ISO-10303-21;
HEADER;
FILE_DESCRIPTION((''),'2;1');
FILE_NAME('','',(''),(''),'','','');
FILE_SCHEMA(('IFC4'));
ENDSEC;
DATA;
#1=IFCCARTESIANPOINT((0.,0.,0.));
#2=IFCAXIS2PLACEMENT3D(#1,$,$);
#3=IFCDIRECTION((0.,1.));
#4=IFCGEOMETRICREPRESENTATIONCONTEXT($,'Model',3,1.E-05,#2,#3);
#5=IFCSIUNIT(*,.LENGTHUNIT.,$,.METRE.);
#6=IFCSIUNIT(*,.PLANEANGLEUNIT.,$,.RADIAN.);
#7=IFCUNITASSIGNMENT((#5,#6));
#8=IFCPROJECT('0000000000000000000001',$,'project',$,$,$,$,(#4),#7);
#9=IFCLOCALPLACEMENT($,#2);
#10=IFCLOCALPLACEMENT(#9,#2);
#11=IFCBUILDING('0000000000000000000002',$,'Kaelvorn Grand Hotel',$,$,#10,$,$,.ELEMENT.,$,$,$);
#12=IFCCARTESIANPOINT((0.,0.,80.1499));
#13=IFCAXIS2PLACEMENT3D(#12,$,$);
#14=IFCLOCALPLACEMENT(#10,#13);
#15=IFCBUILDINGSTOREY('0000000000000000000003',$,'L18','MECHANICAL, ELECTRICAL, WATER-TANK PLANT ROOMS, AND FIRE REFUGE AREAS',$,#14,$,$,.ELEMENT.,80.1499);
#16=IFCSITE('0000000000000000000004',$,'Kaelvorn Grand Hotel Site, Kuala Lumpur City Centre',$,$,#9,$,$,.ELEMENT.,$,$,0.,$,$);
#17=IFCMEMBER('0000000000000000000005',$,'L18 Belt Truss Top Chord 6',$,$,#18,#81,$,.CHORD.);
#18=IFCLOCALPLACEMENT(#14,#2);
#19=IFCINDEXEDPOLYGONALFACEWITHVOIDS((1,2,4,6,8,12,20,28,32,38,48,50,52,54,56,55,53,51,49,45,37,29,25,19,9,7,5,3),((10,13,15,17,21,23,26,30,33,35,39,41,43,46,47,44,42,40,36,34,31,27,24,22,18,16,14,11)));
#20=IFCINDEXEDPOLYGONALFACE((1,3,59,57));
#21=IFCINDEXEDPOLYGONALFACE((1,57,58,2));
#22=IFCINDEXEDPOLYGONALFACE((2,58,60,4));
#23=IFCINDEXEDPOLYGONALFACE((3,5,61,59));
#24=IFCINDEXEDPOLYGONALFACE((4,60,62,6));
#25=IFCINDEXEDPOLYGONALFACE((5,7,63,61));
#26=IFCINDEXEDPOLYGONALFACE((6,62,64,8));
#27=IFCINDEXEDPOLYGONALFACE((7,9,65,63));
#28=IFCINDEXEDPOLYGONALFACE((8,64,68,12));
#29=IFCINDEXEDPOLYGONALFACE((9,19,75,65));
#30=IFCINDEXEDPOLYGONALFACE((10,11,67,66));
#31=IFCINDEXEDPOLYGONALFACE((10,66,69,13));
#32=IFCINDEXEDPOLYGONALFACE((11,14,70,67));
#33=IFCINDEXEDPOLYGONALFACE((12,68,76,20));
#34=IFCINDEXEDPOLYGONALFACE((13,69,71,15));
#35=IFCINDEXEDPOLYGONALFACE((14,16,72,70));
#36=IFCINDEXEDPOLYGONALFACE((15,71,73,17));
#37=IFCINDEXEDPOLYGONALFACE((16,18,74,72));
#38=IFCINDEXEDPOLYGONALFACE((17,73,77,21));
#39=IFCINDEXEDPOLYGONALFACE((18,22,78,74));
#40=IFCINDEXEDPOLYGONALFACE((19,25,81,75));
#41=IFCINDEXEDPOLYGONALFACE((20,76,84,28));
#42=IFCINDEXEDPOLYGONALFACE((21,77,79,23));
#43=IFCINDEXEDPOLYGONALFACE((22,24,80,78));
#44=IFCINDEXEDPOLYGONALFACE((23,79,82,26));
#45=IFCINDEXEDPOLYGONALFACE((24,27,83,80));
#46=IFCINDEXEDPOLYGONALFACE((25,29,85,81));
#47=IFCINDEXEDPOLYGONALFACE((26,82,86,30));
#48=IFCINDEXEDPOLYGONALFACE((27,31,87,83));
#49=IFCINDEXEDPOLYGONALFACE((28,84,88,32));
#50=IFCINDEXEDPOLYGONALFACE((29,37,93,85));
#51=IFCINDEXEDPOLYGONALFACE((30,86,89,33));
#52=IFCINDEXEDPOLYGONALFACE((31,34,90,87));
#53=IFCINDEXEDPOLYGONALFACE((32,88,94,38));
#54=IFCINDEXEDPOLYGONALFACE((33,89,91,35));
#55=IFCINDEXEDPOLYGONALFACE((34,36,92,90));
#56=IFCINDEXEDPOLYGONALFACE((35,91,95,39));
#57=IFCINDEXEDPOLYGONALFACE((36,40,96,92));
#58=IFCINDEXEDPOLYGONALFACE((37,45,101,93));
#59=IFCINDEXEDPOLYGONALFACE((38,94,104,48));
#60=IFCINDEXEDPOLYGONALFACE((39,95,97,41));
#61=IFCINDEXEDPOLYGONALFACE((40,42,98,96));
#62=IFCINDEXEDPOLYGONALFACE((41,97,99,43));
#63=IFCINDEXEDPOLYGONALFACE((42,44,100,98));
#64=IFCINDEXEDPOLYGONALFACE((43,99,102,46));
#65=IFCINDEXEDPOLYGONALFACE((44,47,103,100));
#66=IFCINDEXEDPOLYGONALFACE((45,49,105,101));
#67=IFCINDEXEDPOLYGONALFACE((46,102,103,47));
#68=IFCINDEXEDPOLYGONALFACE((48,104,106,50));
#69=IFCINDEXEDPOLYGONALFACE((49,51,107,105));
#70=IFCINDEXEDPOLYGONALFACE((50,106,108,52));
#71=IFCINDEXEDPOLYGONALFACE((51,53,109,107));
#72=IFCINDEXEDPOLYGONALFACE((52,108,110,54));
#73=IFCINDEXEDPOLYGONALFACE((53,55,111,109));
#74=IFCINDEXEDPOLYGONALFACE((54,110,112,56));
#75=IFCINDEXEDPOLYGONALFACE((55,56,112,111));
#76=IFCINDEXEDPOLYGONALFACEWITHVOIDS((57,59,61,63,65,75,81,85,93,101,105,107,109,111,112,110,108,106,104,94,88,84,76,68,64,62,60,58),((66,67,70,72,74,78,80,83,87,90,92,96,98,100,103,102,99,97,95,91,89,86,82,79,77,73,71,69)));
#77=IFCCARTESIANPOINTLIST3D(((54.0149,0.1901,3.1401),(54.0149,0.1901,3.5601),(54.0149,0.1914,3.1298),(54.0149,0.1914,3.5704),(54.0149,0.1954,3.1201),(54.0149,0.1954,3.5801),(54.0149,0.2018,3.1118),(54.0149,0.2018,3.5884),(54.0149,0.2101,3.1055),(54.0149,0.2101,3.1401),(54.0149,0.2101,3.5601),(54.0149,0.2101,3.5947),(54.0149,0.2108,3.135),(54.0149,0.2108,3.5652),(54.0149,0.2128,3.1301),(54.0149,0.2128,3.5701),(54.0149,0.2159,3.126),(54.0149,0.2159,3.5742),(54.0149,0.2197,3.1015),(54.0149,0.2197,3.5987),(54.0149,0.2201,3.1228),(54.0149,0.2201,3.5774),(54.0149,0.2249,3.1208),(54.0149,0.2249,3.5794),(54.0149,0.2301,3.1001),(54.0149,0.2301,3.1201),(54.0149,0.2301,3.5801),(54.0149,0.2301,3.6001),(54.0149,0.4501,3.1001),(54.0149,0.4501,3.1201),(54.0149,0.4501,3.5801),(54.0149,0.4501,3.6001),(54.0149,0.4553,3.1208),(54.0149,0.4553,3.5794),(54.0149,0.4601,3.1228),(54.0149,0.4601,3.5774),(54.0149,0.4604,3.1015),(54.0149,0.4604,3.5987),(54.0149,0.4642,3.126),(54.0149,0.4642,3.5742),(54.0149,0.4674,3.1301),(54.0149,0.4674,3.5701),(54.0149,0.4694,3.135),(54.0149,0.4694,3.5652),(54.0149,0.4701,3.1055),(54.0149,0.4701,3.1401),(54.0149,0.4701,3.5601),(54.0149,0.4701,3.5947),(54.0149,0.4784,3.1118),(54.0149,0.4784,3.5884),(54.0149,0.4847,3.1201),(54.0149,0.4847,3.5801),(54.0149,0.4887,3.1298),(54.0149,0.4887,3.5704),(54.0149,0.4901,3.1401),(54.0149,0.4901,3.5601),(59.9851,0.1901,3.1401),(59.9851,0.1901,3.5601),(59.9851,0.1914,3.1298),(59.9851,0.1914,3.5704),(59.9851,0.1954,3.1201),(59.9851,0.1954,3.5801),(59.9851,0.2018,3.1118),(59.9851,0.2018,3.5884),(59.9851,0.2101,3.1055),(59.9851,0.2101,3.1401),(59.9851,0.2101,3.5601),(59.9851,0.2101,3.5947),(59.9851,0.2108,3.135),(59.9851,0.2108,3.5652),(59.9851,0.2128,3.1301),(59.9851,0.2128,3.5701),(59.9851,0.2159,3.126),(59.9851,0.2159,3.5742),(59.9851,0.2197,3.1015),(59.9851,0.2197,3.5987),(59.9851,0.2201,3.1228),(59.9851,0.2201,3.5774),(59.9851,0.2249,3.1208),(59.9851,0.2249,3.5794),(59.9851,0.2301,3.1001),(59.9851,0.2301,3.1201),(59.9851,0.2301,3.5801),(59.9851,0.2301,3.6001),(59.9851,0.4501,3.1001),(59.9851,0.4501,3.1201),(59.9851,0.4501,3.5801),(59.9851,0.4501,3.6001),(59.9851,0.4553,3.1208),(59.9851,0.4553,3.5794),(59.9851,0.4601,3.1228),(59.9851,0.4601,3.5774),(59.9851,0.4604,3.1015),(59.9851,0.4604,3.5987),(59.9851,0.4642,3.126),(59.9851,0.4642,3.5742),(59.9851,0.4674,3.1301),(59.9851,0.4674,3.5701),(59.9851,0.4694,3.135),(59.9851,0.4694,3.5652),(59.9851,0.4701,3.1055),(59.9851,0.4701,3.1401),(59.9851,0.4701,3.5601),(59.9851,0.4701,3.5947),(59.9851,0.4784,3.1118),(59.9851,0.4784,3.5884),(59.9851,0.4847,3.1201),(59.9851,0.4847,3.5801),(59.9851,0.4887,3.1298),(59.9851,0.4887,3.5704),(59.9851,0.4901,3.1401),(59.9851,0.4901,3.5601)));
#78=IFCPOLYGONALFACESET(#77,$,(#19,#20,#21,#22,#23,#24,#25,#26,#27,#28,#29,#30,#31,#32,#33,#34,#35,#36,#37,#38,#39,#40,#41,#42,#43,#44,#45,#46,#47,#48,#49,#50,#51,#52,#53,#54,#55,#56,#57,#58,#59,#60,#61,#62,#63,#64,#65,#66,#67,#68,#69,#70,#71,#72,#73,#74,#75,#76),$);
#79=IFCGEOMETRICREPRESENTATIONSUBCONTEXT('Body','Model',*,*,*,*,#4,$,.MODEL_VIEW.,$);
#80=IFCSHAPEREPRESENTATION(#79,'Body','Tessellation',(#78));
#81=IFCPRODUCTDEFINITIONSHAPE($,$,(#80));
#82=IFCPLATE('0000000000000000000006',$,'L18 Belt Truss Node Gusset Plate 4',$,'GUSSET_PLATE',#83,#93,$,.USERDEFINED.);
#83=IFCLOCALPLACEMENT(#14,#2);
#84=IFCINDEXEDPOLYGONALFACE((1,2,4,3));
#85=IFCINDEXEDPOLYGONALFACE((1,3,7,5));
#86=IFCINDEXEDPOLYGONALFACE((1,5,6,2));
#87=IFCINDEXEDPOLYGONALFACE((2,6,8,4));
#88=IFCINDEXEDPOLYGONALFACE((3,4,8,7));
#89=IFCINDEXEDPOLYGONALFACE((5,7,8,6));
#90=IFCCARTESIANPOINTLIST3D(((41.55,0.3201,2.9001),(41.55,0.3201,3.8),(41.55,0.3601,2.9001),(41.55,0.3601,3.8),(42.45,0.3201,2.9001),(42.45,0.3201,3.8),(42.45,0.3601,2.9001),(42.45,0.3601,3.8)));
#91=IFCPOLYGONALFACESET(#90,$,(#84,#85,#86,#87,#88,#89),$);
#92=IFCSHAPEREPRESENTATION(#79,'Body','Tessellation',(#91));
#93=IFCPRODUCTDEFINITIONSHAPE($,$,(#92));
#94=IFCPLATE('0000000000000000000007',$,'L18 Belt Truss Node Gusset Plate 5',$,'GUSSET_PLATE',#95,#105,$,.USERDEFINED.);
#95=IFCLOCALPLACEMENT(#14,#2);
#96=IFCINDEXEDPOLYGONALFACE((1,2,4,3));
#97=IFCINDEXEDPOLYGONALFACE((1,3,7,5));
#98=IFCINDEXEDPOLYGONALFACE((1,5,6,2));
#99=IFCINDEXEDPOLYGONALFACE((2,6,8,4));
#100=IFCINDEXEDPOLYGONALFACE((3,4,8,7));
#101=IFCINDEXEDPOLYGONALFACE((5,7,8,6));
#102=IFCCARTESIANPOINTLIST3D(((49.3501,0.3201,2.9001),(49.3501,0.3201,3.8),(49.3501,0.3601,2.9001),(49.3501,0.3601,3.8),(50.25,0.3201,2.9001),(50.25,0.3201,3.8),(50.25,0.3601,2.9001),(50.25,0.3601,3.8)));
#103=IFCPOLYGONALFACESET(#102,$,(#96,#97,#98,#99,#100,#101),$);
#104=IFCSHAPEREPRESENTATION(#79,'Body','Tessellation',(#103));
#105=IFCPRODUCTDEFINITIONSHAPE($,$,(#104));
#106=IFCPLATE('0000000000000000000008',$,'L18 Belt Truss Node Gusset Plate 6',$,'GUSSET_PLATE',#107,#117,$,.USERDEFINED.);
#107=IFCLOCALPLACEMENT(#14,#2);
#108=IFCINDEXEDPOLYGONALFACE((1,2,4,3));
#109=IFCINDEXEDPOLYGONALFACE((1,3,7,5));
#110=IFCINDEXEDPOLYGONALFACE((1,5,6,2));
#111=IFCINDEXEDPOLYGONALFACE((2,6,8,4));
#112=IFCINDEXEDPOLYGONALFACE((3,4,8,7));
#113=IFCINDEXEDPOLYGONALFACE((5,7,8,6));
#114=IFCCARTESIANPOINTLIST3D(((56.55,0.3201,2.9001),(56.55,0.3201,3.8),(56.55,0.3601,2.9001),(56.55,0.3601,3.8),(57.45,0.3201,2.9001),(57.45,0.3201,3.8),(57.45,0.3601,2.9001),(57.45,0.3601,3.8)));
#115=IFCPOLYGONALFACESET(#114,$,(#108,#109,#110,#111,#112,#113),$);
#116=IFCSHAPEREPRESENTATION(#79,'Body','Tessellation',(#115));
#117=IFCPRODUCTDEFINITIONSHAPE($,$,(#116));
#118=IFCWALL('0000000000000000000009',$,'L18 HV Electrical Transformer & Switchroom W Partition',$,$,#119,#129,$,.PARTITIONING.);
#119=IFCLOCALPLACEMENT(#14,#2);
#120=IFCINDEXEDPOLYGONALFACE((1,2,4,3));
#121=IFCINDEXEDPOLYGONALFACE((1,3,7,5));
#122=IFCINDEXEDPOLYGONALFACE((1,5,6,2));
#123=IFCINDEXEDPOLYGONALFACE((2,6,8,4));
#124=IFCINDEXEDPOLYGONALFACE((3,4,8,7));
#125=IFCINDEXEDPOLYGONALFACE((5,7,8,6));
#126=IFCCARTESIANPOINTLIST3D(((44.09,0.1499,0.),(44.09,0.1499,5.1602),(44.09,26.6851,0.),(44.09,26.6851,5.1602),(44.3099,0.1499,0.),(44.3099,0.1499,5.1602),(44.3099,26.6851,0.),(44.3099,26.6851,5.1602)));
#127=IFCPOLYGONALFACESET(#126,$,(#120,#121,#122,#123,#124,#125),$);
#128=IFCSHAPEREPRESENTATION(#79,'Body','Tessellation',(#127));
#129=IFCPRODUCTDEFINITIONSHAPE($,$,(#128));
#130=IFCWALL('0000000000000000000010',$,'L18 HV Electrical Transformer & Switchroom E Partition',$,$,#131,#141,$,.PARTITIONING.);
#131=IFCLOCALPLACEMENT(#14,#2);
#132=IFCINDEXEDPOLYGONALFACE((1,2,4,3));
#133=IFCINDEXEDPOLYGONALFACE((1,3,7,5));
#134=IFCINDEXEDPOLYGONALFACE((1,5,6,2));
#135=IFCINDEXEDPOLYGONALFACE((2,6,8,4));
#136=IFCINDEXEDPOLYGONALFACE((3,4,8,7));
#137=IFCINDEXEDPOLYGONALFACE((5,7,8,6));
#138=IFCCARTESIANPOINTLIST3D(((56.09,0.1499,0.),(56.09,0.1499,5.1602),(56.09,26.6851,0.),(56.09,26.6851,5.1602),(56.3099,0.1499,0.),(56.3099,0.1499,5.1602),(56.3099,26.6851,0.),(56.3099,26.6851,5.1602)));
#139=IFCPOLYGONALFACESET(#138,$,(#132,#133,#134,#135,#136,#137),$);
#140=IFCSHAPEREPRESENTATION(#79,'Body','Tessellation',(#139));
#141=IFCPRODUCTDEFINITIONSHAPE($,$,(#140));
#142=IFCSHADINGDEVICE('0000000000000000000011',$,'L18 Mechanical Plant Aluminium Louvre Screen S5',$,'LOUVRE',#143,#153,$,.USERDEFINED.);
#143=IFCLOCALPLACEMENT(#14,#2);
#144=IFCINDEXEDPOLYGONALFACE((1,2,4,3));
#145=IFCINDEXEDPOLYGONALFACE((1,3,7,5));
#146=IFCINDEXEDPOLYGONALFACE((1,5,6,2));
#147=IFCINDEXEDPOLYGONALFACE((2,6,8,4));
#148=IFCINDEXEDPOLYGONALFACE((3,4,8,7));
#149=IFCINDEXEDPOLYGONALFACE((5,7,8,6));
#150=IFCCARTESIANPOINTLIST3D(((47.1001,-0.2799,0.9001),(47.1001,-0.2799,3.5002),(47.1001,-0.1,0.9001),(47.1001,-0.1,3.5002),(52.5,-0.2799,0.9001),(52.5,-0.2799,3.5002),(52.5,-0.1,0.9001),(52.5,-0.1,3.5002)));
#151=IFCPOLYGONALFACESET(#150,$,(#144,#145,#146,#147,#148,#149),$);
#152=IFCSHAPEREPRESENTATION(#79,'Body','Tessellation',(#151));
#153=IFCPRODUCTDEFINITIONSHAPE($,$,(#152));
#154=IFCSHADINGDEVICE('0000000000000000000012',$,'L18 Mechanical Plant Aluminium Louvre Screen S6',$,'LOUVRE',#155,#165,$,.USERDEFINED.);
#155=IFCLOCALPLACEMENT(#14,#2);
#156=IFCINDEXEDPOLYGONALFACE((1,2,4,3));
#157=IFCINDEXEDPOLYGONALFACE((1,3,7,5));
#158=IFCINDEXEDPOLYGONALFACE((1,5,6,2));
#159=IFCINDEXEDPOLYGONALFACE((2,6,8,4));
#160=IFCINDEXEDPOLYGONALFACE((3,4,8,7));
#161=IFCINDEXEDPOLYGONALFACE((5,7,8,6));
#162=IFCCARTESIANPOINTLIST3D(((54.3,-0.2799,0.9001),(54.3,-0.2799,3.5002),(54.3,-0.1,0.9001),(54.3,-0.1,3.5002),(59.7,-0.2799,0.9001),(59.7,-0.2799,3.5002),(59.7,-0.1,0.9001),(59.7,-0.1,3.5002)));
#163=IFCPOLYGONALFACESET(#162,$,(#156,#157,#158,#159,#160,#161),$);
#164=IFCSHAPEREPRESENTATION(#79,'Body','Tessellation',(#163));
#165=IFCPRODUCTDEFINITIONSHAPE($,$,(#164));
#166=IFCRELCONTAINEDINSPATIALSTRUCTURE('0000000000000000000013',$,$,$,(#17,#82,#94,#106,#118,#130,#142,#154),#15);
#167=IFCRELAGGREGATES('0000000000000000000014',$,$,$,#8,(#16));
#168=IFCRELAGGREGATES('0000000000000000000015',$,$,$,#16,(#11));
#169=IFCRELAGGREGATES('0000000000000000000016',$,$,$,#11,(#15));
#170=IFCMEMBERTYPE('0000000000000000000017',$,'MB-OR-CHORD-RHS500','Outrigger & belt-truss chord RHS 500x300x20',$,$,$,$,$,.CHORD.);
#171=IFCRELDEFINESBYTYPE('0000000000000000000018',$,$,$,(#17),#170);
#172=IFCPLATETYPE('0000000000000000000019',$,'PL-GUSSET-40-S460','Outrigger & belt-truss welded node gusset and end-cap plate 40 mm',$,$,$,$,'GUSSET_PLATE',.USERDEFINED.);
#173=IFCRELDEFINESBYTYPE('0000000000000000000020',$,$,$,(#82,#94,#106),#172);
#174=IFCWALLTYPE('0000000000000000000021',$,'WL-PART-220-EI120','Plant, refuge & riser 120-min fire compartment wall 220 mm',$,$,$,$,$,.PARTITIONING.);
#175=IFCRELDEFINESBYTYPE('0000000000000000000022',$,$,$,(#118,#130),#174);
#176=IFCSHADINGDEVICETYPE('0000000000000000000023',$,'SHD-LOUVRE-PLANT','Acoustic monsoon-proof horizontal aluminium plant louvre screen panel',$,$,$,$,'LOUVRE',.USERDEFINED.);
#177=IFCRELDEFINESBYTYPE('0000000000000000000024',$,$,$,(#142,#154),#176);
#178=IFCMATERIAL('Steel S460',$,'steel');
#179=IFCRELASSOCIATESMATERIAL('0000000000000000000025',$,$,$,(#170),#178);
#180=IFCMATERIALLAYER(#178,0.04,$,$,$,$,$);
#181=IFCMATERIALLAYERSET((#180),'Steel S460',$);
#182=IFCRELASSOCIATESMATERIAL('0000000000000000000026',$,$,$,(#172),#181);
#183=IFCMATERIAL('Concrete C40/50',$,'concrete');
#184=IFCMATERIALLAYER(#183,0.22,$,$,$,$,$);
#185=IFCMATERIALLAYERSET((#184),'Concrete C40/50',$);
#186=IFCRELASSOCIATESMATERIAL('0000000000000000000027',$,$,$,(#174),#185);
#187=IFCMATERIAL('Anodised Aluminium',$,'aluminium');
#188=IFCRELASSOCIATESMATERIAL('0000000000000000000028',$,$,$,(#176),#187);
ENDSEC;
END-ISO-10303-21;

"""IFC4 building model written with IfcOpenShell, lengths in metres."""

from ifc_helpers import new_model, si_unit, direction, frame, frame_2d, origin, origin_2d, place, context, subcontext, project, spatial, rectangle, hollow_rectangle, extrude, material, layer, layer_set, material_profile, profile_set, type_object, element, save


model = new_model("IFC4")

# Units and contexts
model_context = context("Model", 3, precision=1e-05, world=origin(), true_north=direction((0.0, 1.0)))
body_context = subcontext(model_context, "Body", "Model", "MODEL_VIEW")
ifc_project = project(units=[si_unit("LENGTHUNIT", "METRE"), si_unit("PLANEANGLEUNIT", "RADIAN")], contexts=[model_context])

# Site, building, storey
site_placement = place(None, origin())
site = spatial("IfcSite", under=ifc_project, at=site_placement, Name="Kaelvorn Grand Hotel Site, Kuala Lumpur City Centre", CompositionType="ELEMENT", RefElevation=0.0)
building_placement = place(site_placement, origin())
building = spatial("IfcBuilding", under=site, at=building_placement, Name="Kaelvorn Grand Hotel", CompositionType="ELEMENT")
storey_placement = place(building_placement, frame((0.0, 0.0, 80.1499)))
storey = spatial("IfcBuildingStorey", under=building, at=storey_placement, Name="L18", Description="MECHANICAL, ELECTRICAL, WATER-TANK PLANT ROOMS, AND FIRE REFUGE AREAS", CompositionType="ELEMENT", Elevation=80.1499)

# Member
ifc_material_1 = material(Name="Steel S460", Category="steel")
ifc_material_profile_1 = material_profile(ifc_material_1, hollow_rectangle(XDim=0.3, YDim=0.5, WallThickness=0.02, InnerFilletRadius=0.02, OuterFilletRadius=0.04, at=origin_2d()), Name="RHS 500x300x20.0")
ifc_profile_set_1 = profile_set([ifc_material_profile_1], Name="Steel S460")
member_type_1 = type_object("IfcMemberType", Name="MB-OR-CHORD-RHS500", Description="Outrigger & belt-truss chord RHS 500x300x20", PredefinedType="CHORD", material=ifc_profile_set_1)
for number, where, z_axis, x_axis, name in (
    (1, (54.0149, 0.3401, 3.3501), (1.0, 0.0, 0.0), (0.0, 1.0, 0.0), "L18 Belt Truss Top Chord 6"),
):
    element("IfcMember", number, at=place(storey_placement, frame(where, z_axis=z_axis, x_axis=x_axis)), inside=storey, type_object=member_type_1, Name=name, PredefinedType="CHORD", context=body_context, shape_type="SweptSolid", body=[
        extrude(hollow_rectangle(XDim=0.3, YDim=0.5, WallThickness=0.02, InnerFilletRadius=0.02, OuterFilletRadius=0.04, at=origin_2d()), origin(), (0.0, 0.0, 1.0), 5.9702),
    ])

# Plates
ifc_layer_1 = layer(ifc_material_1, 0.04)
ifc_layer_set_1 = layer_set([ifc_layer_1], Name="Steel S460")
plate_type = type_object("IfcPlateType", Name="PL-GUSSET-40-S460", Description="Outrigger & belt-truss welded node gusset and end-cap plate 40 mm", ElementType="GUSSET_PLATE", PredefinedType="USERDEFINED", material=ifc_layer_set_1)
for number, where, z_axis, x_axis, name in (
    (2, (42.0, 0.3401, 2.9001), (0.0, 0.0, 1.0), (1.0, 0.0, 0.0), "L18 Belt Truss Node Gusset Plate 4"),
    (3, (49.8, 0.3401, 2.9001), (0.0, 0.0, 1.0), (1.0, 0.0, 0.0), "L18 Belt Truss Node Gusset Plate 5"),
    (4, (57.0, 0.3401, 2.9001), (0.0, 0.0, 1.0), (1.0, 0.0, 0.0), "L18 Belt Truss Node Gusset Plate 6"),
):
    element("IfcPlate", number, at=place(storey_placement, frame(where, z_axis=z_axis, x_axis=x_axis)), inside=storey, type_object=plate_type, Name=name, ObjectType="GUSSET_PLATE", PredefinedType="USERDEFINED", context=body_context, shape_type="SweptSolid", body=[
        extrude(rectangle(XDim=0.8999, YDim=0.04, at=origin_2d()), origin(), (0.0, 0.0, 1.0), 0.8999),
    ])

# Walls
ifc_material_2 = material(Name="Concrete C40/50", Category="concrete")
ifc_layer_2 = layer(ifc_material_2, 0.22)
ifc_layer_set_2 = layer_set([ifc_layer_2], Name="Concrete C40/50")
wall_type = type_object("IfcWallType", Name="WL-PART-220-EI120", Description="Plant, refuge & riser 120-min fire compartment wall 220 mm", PredefinedType="PARTITIONING", material=ifc_layer_set_2)
for number, where, z_axis, x_axis, name in (
    (5, (44.2, 0.1499, 0.0), (0.0, 0.0, 1.0), (0.0, 1.0, 0.0), "L18 HV Electrical Transformer & Switchroom W Partition"),
    (6, (56.2, 0.1499, 0.0), (0.0, 0.0, 1.0), (0.0, 1.0, 0.0), "L18 HV Electrical Transformer & Switchroom E Partition"),
):
    element("IfcWall", number, at=place(storey_placement, frame(where, z_axis=z_axis, x_axis=x_axis)), inside=storey, type_object=wall_type, Name=name, PredefinedType="PARTITIONING", context=body_context, shape_type="SweptSolid", body=[
        extrude(rectangle(XDim=26.5352, YDim=0.22, at=frame_2d((13.2676, 0.0))), origin(), (0.0, 0.0, 1.0), 5.1602),
    ])

# Shading devices
ifc_material_3 = material(Name="Anodised Aluminium", Category="aluminium")
shading_device_type = type_object("IfcShadingDeviceType", Name="SHD-LOUVRE-PLANT", Description="Acoustic monsoon-proof horizontal aluminium plant louvre screen panel", ElementType="LOUVRE", PredefinedType="USERDEFINED", material=ifc_material_3)
for number, where, z_axis, x_axis, name in (
    (7, (49.8, -0.1899, 0.9001), (0.0, 0.0, 1.0), (1.0, 0.0, 0.0), "L18 Mechanical Plant Aluminium Louvre Screen S5"),
    (8, (57.0, -0.1899, 0.9001), (0.0, 0.0, 1.0), (1.0, 0.0, 0.0), "L18 Mechanical Plant Aluminium Louvre Screen S6"),
):
    element("IfcShadingDevice", number, at=place(storey_placement, frame(where, z_axis=z_axis, x_axis=x_axis)), inside=storey, type_object=shading_device_type, Name=name, ObjectType="LOUVRE", PredefinedType="USERDEFINED", context=body_context, shape_type="SweptSolid", body=[
        extrude(rectangle(XDim=5.3999, YDim=0.1799, at=origin_2d()), origin(), (0.0, 0.0, 1.0), 2.6001),
    ])

save(model, "model.ifc")
